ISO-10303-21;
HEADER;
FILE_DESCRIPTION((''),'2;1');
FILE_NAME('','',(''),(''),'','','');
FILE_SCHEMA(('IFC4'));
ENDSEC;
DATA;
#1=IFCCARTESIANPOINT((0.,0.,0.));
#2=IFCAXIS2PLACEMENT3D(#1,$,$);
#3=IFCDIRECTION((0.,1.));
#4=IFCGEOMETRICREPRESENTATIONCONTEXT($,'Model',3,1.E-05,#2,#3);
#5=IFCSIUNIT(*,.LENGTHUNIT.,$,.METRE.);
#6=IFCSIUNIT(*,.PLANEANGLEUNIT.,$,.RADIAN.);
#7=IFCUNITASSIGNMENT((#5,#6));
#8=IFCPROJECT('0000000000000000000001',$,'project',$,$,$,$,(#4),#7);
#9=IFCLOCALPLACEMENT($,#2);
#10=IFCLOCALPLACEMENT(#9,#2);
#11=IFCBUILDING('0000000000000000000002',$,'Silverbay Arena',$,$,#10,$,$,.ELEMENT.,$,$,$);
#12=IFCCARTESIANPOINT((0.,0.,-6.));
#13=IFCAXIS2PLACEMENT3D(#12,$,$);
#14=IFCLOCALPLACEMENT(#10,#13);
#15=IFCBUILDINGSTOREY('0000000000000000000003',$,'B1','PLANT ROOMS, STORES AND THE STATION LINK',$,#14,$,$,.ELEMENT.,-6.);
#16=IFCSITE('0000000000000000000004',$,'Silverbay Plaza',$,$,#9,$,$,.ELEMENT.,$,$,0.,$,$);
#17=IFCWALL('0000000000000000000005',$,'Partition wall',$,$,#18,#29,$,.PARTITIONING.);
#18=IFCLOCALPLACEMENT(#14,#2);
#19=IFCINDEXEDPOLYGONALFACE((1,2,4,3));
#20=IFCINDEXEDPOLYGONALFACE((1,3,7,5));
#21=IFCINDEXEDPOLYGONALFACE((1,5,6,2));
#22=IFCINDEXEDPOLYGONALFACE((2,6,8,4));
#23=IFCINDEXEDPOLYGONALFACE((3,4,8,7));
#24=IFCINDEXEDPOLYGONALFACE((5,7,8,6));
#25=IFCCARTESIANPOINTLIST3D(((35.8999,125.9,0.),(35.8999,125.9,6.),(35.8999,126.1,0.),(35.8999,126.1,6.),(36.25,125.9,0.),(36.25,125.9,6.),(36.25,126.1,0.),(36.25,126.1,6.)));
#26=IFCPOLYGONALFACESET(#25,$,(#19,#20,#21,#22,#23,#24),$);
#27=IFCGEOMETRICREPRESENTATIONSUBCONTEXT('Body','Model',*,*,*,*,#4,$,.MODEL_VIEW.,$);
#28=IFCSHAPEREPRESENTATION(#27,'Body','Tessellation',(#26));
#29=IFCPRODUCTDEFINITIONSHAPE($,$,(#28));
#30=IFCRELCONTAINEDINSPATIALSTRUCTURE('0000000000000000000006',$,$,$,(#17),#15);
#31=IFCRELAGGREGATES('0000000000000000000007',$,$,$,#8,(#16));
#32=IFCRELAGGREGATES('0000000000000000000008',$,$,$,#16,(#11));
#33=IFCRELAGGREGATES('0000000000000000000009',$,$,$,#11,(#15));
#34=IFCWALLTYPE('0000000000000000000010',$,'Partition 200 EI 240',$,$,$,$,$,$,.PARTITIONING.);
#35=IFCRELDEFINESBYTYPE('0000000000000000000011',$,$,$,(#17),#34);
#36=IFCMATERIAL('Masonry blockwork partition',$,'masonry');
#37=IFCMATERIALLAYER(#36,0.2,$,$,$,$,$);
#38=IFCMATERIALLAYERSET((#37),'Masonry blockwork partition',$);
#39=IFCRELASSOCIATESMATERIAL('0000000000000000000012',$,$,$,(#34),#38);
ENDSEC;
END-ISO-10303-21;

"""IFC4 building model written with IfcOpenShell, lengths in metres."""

from ifc_helpers import new_model, si_unit, direction, frame, frame_2d, origin, place, context, subcontext, project, spatial, rectangle, extrude, material, layer, layer_set, type_object, element, save


model = new_model("IFC4")

# Units and contexts
model_context = context("Model", 3, precision=1e-05, world=origin(), true_north=direction((0.0, 1.0)))
body_context = subcontext(model_context, "Body", "Model", "MODEL_VIEW")
ifc_project = project(units=[si_unit("LENGTHUNIT", "METRE"), si_unit("PLANEANGLEUNIT", "RADIAN")], contexts=[model_context])

# Site, building, storey
site_placement = place(None, origin())
site = spatial("IfcSite", under=ifc_project, at=site_placement, Name="Silverbay Plaza", CompositionType="ELEMENT", RefElevation=0.0)
building_placement = place(site_placement, origin())
building = spatial("IfcBuilding", under=site, at=building_placement, Name="Silverbay Arena", CompositionType="ELEMENT")
storey_placement = place(building_placement, frame((0.0, 0.0, -6.0)))
storey = spatial("IfcBuildingStorey", under=building, at=storey_placement, Name="B1", Description="PLANT ROOMS, STORES AND THE STATION LINK", CompositionType="ELEMENT", Elevation=-6.0)

# Shared definitions
ifc_material_1 = material(Name="Masonry blockwork partition", Category="masonry")
ifc_layer_1 = layer(ifc_material_1, 0.2)
ifc_layer_set_1 = layer_set([ifc_layer_1], Name="Masonry blockwork partition")
wall_type_1 = type_object("IfcWallType", Name="Partition 200 EI 240", PredefinedType="PARTITIONING", material=ifc_layer_set_1)

# Wall
wall_1_placement = place(storey_placement, frame((35.8999, 126.0, 0.0), z_axis=(0.0, 0.0, 1.0), x_axis=(1.0, 0.0, 0.0)))
element("IfcWall", 1, at=wall_1_placement, inside=storey, type_object=wall_type_1, Name="Partition wall", PredefinedType="PARTITIONING", context=body_context, shape_type="SweptSolid", body=[
    extrude(rectangle(XDim=0.3501, YDim=0.2, at=frame_2d((0.175, 0.0))), origin(), (0.0, 0.0, 1.0), 6.0),
])

save(model, "model.ifc")
